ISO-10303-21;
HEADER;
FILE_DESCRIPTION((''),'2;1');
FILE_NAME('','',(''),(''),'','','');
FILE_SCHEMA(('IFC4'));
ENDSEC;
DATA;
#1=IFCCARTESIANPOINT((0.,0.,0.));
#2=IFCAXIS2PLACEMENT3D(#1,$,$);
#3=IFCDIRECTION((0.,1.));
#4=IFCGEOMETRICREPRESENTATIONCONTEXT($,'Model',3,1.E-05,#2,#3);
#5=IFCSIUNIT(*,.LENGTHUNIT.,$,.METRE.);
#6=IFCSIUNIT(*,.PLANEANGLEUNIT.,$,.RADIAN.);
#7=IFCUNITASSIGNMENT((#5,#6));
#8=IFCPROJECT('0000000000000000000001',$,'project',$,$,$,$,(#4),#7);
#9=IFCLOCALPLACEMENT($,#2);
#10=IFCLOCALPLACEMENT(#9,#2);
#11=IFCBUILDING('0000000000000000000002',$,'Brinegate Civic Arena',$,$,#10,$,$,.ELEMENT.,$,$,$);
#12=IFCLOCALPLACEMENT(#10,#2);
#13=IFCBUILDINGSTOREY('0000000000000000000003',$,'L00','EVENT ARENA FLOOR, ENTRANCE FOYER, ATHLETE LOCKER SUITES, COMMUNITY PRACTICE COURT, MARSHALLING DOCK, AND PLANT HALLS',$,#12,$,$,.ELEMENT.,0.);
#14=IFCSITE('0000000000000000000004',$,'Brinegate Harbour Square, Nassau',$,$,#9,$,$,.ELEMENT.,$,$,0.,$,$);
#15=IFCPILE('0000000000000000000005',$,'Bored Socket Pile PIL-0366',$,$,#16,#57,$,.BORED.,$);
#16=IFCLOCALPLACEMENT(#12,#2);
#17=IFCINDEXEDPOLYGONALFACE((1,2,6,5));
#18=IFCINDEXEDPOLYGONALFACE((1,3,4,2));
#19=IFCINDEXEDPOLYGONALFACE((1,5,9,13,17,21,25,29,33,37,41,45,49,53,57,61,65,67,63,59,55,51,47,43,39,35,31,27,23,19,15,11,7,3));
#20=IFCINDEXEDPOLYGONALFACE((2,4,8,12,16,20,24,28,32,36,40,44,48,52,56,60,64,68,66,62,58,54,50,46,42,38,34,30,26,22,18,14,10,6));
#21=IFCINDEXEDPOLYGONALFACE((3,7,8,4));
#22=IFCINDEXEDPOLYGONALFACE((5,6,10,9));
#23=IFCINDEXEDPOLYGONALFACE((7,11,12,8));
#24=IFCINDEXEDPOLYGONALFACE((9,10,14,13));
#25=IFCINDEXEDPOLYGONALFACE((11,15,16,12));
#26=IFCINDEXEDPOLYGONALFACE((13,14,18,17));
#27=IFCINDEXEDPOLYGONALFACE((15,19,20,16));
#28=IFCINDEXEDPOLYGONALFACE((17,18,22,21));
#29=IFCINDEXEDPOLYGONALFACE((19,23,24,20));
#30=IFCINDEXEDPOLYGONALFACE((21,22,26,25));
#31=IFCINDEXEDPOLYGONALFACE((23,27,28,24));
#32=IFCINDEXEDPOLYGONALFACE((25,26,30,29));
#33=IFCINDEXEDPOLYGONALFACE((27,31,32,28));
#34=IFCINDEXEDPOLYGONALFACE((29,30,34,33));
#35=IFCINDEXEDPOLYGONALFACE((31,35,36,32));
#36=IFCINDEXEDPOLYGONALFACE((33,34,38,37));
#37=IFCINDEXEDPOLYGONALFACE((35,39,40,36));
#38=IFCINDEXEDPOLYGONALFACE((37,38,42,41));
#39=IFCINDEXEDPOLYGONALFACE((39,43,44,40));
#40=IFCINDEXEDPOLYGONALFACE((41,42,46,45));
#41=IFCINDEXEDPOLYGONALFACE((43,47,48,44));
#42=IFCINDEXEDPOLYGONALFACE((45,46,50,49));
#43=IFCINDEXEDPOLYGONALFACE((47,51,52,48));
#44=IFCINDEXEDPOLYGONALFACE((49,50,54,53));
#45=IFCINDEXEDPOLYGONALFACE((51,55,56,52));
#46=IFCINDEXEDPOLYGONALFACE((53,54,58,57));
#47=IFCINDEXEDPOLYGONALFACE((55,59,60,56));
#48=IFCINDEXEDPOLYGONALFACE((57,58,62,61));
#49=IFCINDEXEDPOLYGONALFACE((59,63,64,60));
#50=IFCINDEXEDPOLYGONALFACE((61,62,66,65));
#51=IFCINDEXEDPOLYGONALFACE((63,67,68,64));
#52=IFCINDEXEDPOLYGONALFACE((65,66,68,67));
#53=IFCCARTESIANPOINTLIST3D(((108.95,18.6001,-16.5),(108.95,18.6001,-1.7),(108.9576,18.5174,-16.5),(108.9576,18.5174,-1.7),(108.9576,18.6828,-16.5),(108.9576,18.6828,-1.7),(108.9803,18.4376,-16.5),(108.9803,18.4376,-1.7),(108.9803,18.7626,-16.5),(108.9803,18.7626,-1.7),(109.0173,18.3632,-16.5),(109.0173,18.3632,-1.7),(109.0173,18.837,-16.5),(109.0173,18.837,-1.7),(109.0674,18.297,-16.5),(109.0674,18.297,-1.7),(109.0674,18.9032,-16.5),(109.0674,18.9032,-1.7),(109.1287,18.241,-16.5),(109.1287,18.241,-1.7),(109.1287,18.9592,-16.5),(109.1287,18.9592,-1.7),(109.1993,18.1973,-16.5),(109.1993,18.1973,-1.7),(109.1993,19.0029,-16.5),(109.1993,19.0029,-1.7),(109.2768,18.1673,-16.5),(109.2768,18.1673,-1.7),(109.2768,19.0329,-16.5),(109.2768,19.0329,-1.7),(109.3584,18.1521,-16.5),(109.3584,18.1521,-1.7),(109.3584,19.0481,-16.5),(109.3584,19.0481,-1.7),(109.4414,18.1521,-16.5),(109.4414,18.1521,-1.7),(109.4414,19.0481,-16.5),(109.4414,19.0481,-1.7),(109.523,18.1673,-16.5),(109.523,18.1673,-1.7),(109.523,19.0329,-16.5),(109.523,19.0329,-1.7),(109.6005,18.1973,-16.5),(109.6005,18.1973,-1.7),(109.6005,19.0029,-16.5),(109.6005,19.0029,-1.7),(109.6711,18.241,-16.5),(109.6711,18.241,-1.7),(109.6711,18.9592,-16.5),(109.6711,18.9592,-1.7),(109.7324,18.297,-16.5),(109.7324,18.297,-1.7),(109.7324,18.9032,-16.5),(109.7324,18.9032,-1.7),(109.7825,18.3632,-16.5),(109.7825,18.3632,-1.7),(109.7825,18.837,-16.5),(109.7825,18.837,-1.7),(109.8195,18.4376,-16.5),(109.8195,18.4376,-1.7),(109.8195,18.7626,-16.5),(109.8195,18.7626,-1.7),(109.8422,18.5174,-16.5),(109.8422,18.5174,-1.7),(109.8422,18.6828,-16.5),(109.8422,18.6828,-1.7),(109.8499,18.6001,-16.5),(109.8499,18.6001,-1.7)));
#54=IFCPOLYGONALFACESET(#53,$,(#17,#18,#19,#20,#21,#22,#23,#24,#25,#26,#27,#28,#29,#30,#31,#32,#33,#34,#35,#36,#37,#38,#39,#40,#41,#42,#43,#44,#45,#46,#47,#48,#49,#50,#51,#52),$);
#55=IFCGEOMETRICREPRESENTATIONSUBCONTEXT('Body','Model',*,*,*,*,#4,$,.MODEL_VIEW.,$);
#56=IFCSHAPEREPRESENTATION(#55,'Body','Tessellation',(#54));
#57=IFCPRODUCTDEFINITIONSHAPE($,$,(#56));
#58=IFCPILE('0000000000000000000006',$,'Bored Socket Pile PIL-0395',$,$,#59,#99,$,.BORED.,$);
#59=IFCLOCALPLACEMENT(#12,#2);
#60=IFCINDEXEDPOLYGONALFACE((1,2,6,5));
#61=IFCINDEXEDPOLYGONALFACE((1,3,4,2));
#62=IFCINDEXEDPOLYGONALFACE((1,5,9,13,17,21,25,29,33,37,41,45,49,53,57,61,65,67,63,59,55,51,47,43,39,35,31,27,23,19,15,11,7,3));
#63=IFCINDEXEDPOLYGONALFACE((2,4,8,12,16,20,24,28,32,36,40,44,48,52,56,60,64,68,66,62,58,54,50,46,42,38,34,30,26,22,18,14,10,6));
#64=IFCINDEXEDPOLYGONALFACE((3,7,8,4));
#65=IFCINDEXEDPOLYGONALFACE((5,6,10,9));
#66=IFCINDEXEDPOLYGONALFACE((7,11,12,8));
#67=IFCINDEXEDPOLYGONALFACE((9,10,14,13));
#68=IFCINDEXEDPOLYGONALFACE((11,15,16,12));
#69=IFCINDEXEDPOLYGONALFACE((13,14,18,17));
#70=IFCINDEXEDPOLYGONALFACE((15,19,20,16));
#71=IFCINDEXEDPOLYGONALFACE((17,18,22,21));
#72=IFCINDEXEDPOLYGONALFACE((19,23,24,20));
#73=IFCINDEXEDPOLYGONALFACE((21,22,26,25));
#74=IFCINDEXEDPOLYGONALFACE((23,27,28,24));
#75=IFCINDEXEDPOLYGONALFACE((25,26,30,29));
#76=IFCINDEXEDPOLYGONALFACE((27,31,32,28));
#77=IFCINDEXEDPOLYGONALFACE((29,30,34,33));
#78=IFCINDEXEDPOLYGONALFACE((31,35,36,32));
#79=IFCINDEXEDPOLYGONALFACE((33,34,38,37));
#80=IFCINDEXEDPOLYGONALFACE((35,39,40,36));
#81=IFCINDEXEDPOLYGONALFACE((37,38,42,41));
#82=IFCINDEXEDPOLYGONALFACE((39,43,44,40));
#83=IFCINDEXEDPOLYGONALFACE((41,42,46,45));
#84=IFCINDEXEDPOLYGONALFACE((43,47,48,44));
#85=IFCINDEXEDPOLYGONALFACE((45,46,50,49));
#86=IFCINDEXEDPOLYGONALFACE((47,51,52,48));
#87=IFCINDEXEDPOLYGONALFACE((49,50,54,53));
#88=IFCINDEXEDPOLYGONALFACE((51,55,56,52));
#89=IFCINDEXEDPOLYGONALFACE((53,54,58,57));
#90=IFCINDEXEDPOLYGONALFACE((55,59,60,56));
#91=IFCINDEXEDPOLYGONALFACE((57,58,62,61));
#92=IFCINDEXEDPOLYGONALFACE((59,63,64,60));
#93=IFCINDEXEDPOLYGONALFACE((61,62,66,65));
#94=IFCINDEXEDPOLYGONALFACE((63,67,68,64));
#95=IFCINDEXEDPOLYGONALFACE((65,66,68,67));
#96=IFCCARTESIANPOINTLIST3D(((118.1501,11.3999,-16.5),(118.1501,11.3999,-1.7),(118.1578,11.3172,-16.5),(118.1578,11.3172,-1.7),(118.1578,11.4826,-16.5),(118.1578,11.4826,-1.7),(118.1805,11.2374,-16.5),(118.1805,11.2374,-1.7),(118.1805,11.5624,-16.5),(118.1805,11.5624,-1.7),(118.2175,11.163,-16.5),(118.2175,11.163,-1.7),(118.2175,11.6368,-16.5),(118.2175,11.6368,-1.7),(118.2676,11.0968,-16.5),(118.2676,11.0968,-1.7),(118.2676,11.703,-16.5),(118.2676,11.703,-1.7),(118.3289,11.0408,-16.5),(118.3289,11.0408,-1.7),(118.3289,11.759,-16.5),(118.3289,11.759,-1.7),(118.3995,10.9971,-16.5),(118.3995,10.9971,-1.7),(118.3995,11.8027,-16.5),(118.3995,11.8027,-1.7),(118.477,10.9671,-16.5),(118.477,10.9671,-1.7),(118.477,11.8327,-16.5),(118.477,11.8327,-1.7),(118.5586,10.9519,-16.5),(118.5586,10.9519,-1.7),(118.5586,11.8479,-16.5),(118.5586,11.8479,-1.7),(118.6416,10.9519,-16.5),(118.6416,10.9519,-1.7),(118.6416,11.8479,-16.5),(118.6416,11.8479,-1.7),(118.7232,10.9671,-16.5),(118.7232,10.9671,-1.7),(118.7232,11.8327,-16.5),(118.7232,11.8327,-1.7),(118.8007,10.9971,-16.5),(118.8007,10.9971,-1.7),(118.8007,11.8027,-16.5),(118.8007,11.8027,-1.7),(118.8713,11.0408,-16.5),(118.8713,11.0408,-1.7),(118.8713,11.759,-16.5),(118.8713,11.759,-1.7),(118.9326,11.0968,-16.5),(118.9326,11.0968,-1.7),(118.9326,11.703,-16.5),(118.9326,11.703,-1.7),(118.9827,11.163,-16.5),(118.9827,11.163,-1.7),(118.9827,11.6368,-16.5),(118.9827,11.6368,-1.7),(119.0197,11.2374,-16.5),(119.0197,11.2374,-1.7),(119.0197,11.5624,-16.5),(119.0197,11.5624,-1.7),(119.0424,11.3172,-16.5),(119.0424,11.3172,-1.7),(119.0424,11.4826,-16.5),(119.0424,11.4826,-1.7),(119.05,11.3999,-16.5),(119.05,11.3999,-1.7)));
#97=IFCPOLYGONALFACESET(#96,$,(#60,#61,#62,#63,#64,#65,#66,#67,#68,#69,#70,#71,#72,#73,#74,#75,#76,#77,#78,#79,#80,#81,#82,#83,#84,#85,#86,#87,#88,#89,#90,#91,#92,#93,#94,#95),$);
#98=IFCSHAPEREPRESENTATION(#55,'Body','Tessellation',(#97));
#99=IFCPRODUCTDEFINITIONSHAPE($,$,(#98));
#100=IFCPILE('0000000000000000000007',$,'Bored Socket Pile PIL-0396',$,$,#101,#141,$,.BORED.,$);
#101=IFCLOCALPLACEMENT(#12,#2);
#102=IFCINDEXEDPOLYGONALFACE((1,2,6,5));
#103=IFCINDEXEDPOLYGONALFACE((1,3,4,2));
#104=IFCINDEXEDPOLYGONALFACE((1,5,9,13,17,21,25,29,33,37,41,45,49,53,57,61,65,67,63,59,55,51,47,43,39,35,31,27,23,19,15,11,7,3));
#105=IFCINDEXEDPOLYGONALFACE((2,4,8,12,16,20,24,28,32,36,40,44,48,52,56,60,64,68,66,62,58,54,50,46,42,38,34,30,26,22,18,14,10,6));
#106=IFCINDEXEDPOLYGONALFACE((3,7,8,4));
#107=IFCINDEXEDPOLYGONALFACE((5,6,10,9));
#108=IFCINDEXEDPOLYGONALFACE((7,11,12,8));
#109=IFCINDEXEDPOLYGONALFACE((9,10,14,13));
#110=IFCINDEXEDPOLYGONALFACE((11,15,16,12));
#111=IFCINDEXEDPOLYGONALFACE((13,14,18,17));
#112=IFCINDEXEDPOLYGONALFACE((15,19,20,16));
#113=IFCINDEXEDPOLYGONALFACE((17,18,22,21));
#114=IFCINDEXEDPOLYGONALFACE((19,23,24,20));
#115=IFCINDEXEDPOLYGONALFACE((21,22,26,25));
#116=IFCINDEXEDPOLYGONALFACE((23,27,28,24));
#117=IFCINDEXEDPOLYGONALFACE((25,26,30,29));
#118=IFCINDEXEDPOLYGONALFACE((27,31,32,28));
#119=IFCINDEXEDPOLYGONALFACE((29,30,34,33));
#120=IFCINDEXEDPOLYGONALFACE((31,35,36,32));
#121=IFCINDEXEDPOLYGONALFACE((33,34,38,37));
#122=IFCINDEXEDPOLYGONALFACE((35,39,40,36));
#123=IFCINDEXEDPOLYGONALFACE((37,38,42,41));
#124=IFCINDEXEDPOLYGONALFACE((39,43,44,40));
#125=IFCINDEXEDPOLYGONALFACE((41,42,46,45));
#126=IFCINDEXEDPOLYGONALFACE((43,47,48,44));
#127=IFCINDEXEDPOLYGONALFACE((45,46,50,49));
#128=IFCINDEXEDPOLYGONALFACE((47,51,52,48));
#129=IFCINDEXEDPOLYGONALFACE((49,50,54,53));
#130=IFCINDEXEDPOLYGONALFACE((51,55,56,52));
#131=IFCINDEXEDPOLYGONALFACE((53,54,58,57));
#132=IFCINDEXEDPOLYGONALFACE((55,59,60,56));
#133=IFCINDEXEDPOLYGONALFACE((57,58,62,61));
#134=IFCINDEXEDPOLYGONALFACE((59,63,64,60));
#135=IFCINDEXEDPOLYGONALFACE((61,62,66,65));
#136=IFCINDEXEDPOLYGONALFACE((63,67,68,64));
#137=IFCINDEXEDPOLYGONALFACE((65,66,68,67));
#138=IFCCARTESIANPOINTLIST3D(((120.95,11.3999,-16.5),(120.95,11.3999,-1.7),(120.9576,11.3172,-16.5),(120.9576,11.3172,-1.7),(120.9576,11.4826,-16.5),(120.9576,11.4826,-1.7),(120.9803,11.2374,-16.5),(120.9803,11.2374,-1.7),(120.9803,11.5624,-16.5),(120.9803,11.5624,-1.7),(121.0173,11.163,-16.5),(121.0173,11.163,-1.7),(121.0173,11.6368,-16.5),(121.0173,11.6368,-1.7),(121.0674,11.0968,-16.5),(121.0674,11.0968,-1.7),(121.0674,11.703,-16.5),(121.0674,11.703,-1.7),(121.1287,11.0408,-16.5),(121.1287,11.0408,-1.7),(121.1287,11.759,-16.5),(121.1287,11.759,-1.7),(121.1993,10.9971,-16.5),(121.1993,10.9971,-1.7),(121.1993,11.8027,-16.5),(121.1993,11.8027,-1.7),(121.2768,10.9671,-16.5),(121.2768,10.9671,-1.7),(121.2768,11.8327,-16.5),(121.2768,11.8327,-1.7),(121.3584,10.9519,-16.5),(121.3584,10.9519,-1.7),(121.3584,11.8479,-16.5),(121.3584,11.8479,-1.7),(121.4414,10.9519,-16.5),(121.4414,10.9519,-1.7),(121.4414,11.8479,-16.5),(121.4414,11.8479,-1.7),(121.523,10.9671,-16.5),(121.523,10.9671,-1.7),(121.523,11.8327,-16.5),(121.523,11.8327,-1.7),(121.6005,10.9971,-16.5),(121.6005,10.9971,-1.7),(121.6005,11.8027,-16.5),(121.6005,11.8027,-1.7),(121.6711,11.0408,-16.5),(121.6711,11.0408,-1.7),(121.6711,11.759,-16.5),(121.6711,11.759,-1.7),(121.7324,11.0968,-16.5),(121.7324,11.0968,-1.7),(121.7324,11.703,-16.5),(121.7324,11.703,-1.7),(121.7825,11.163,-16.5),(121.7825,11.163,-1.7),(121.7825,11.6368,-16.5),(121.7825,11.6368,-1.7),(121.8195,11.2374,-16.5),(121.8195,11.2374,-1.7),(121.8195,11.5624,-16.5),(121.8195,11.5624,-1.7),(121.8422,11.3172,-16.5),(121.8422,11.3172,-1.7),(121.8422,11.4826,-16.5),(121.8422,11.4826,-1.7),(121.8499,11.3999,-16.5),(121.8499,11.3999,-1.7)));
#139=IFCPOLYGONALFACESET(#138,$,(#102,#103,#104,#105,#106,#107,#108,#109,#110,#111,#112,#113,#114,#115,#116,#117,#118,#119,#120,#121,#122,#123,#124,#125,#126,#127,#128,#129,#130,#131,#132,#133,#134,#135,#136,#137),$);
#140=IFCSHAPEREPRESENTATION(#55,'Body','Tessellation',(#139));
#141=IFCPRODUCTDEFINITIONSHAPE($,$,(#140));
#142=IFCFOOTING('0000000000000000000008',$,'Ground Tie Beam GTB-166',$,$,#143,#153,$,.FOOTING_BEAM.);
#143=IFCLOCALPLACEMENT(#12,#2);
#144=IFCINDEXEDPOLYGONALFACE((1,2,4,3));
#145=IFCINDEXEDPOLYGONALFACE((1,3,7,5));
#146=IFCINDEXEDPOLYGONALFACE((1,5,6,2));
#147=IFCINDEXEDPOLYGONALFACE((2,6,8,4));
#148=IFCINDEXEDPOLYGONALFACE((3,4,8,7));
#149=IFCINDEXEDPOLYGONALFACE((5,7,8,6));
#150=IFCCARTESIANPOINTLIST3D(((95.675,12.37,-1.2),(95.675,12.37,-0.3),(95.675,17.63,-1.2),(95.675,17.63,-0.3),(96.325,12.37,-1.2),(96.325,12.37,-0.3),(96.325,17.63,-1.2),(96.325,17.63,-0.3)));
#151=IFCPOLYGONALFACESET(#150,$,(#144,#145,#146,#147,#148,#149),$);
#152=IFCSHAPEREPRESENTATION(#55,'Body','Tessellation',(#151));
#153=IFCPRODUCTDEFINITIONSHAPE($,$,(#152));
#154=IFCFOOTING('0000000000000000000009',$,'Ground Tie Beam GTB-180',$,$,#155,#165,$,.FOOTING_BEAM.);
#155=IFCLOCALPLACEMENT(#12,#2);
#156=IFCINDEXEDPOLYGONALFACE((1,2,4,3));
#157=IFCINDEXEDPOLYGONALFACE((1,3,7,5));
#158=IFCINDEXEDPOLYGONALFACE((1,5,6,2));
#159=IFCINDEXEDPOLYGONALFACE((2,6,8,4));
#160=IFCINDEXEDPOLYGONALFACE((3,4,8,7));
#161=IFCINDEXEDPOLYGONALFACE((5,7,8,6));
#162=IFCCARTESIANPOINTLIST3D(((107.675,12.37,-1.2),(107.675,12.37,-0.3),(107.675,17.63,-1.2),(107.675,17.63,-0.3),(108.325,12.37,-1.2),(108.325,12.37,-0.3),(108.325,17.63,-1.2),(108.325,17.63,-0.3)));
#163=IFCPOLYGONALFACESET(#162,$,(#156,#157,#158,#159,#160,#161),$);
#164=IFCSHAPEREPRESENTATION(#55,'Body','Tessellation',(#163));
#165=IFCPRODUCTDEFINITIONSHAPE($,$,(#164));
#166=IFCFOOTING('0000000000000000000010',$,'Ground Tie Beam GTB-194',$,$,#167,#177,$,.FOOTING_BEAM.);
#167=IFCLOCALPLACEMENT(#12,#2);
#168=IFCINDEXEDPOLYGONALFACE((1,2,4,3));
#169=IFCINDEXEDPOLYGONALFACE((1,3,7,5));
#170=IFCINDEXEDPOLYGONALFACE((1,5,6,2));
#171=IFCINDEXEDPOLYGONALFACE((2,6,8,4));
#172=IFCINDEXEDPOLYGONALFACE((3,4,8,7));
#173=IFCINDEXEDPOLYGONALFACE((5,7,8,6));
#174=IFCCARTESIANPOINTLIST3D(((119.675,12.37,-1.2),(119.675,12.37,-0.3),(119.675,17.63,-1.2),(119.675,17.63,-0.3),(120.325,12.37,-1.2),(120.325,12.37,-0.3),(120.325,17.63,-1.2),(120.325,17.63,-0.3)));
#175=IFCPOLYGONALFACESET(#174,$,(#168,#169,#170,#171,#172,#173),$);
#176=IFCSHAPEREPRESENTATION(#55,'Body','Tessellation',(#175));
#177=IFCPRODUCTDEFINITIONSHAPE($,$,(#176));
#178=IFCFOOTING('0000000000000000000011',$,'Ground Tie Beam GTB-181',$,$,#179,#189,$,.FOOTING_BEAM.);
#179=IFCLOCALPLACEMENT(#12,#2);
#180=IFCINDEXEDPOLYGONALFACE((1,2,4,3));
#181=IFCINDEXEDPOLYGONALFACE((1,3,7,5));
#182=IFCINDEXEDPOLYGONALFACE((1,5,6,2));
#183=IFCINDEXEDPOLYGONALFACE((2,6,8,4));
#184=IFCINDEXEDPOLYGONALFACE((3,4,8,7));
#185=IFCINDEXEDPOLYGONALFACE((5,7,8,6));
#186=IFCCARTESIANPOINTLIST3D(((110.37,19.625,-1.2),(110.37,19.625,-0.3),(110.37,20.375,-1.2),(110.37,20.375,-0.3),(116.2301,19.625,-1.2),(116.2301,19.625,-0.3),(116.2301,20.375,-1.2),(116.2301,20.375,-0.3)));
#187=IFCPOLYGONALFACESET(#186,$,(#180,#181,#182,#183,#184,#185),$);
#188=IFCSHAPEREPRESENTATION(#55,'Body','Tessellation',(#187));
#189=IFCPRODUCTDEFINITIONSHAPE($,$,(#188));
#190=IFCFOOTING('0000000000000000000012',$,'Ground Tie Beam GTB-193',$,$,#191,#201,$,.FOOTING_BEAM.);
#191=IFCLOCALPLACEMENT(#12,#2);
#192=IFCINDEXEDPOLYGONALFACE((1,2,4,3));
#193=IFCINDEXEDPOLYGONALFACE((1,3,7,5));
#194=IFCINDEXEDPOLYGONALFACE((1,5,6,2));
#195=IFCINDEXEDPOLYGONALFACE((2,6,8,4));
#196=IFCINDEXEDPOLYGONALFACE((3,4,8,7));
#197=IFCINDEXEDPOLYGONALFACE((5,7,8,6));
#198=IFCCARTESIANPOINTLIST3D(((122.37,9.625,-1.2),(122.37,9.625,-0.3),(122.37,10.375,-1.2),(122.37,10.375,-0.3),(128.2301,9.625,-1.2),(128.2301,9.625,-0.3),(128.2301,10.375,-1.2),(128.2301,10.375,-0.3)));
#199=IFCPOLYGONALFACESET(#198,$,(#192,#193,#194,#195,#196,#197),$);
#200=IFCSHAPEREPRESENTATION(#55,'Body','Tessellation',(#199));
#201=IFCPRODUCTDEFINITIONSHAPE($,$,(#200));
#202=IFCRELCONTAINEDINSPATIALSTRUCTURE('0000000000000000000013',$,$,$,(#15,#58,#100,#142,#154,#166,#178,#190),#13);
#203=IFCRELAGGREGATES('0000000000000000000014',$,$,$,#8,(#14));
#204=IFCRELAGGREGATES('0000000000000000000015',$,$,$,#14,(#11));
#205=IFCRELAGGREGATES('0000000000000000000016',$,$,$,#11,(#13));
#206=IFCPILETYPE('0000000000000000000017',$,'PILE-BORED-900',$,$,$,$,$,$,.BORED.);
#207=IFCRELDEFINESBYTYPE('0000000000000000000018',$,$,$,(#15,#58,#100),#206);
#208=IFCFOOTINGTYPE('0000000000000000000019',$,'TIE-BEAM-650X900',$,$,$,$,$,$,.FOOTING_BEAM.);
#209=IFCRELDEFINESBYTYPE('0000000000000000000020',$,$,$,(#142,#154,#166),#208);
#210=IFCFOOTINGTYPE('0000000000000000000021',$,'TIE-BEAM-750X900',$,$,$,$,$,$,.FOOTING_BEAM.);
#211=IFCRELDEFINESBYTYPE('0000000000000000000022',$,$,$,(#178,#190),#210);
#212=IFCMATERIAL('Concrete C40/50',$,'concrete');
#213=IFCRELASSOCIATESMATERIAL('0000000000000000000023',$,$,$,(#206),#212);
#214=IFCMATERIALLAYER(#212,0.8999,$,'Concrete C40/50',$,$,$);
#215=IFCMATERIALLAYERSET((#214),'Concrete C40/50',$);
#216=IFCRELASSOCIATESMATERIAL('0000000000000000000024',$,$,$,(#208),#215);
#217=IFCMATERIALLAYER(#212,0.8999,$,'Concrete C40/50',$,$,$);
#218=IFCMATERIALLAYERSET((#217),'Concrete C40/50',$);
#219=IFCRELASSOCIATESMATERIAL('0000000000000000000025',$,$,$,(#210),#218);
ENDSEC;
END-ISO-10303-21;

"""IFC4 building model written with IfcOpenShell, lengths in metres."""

from ifc_helpers import new_model, si_unit, direction, frame, origin, origin_2d, place, context, subcontext, project, spatial, rectangle, circle, extrude, material, layer, layer_set, material_profile, profile_set, type_object, element, save


model = new_model("IFC4")

# Units and contexts
model_context = context("Model", 3, precision=1e-05, world=origin(), true_north=direction((0.0, 1.0)))
body_context = subcontext(model_context, "Body", "Model", "MODEL_VIEW")
ifc_project = project(units=[si_unit("LENGTHUNIT", "METRE"), si_unit("PLANEANGLEUNIT", "RADIAN")], contexts=[model_context])

# Site, building, storey
site_placement = place(None, origin())
site = spatial("IfcSite", under=ifc_project, at=site_placement, Name="Brinegate Harbour Square, Nassau", CompositionType="ELEMENT", RefElevation=0.0)
building_placement = place(site_placement, origin())
building = spatial("IfcBuilding", under=site, at=building_placement, Name="Brinegate Civic Arena", CompositionType="ELEMENT")
storey_placement = place(building_placement, origin())
storey = spatial("IfcBuildingStorey", under=building, at=storey_placement, Name="L00", Description="EVENT ARENA FLOOR, ENTRANCE FOYER, ATHLETE LOCKER SUITES, COMMUNITY PRACTICE COURT, MARSHALLING DOCK, AND PLANT HALLS", CompositionType="ELEMENT", Elevation=0.0)

# Shared definitions
ifc_material_1 = material(Name="Concrete C40/50", Category="concrete")

# Piles
ifc_material_profile_1 = material_profile(ifc_material_1, circle(Radius=0.45, at=origin_2d()), Name="PILED900")
ifc_profile_set_1 = profile_set([ifc_material_profile_1], Name="Concrete C40/50")
pile_type_1 = type_object("IfcPileType", Name="PILE-BORED-900", PredefinedType="BORED", material=ifc_profile_set_1)
for number, where, z_axis, x_axis, name in (
    (1, (109.3999, 18.6001, -1.7), (0.0, 0.0, -1.0), (1.0, 0.0, 0.0), "Bored Socket Pile PIL-0366"),
    (2, (118.6001, 11.3999, -1.7), (0.0, 0.0, -1.0), (1.0, 0.0, 0.0), "Bored Socket Pile PIL-0395"),
    (3, (121.3999, 11.3999, -1.7), (0.0, 0.0, -1.0), (1.0, 0.0, 0.0), "Bored Socket Pile PIL-0396"),
):
    element("IfcPile", number, at=place(storey_placement, frame(where, z_axis=z_axis, x_axis=x_axis)), inside=storey, type_object=pile_type_1, Name=name, PredefinedType="BORED", context=body_context, shape_type="SweptSolid", body=[
        extrude(circle(Radius=0.45, at=origin_2d()), origin(), (0.0, 0.0, 1.0), 14.8),
    ])

# Footings
ifc_layer_1 = layer(ifc_material_1, 0.8999, Name="Concrete C40/50")
ifc_layer_set_1 = layer_set([ifc_layer_1], Name="Concrete C40/50")
footing_type_1 = type_object("IfcFootingType", Name="TIE-BEAM-650X900", PredefinedType="FOOTING_BEAM", material=ifc_layer_set_1)
for number, where, z_axis, x_axis, name in (
    (4, (96.0, 15.0, -1.2), (0.0, 0.0, 1.0), (0.0, 1.0, 0.0), "Ground Tie Beam GTB-166"),
    (5, (108.0, 15.0, -1.2), (0.0, 0.0, 1.0), (0.0, 1.0, 0.0), "Ground Tie Beam GTB-180"),
    (6, (120.0, 15.0, -1.2), (0.0, 0.0, 1.0), (0.0, 1.0, 0.0), "Ground Tie Beam GTB-194"),
):
    element("IfcFooting", number, at=place(storey_placement, frame(where, z_axis=z_axis, x_axis=x_axis)), inside=storey, type_object=footing_type_1, Name=name, PredefinedType="FOOTING_BEAM", context=body_context, shape_type="SweptSolid", body=[
        extrude(rectangle(XDim=5.26, YDim=0.6499, at=origin_2d()), origin(), (0.0, 0.0, 1.0), 0.8999),
    ])
ifc_layer_2 = layer(ifc_material_1, 0.8999, Name="Concrete C40/50")
ifc_layer_set_2 = layer_set([ifc_layer_2], Name="Concrete C40/50")
footing_type_2 = type_object("IfcFootingType", Name="TIE-BEAM-750X900", PredefinedType="FOOTING_BEAM", material=ifc_layer_set_2)
for number, where, z_axis, x_axis, name in (
    (7, (113.3, 20.0, -1.2), (0.0, 0.0, 1.0), (1.0, 0.0, 0.0), "Ground Tie Beam GTB-181"),
    (8, (125.3, 10.0, -1.2), (0.0, 0.0, 1.0), (1.0, 0.0, 0.0), "Ground Tie Beam GTB-193"),
):
    element("IfcFooting", number, at=place(storey_placement, frame(where, z_axis=z_axis, x_axis=x_axis)), inside=storey, type_object=footing_type_2, Name=name, PredefinedType="FOOTING_BEAM", context=body_context, shape_type="SweptSolid", body=[
        extrude(rectangle(XDim=5.8601, YDim=0.75, at=origin_2d()), origin(), (0.0, 0.0, 1.0), 0.8999),
    ])

save(model, "model.ifc")
